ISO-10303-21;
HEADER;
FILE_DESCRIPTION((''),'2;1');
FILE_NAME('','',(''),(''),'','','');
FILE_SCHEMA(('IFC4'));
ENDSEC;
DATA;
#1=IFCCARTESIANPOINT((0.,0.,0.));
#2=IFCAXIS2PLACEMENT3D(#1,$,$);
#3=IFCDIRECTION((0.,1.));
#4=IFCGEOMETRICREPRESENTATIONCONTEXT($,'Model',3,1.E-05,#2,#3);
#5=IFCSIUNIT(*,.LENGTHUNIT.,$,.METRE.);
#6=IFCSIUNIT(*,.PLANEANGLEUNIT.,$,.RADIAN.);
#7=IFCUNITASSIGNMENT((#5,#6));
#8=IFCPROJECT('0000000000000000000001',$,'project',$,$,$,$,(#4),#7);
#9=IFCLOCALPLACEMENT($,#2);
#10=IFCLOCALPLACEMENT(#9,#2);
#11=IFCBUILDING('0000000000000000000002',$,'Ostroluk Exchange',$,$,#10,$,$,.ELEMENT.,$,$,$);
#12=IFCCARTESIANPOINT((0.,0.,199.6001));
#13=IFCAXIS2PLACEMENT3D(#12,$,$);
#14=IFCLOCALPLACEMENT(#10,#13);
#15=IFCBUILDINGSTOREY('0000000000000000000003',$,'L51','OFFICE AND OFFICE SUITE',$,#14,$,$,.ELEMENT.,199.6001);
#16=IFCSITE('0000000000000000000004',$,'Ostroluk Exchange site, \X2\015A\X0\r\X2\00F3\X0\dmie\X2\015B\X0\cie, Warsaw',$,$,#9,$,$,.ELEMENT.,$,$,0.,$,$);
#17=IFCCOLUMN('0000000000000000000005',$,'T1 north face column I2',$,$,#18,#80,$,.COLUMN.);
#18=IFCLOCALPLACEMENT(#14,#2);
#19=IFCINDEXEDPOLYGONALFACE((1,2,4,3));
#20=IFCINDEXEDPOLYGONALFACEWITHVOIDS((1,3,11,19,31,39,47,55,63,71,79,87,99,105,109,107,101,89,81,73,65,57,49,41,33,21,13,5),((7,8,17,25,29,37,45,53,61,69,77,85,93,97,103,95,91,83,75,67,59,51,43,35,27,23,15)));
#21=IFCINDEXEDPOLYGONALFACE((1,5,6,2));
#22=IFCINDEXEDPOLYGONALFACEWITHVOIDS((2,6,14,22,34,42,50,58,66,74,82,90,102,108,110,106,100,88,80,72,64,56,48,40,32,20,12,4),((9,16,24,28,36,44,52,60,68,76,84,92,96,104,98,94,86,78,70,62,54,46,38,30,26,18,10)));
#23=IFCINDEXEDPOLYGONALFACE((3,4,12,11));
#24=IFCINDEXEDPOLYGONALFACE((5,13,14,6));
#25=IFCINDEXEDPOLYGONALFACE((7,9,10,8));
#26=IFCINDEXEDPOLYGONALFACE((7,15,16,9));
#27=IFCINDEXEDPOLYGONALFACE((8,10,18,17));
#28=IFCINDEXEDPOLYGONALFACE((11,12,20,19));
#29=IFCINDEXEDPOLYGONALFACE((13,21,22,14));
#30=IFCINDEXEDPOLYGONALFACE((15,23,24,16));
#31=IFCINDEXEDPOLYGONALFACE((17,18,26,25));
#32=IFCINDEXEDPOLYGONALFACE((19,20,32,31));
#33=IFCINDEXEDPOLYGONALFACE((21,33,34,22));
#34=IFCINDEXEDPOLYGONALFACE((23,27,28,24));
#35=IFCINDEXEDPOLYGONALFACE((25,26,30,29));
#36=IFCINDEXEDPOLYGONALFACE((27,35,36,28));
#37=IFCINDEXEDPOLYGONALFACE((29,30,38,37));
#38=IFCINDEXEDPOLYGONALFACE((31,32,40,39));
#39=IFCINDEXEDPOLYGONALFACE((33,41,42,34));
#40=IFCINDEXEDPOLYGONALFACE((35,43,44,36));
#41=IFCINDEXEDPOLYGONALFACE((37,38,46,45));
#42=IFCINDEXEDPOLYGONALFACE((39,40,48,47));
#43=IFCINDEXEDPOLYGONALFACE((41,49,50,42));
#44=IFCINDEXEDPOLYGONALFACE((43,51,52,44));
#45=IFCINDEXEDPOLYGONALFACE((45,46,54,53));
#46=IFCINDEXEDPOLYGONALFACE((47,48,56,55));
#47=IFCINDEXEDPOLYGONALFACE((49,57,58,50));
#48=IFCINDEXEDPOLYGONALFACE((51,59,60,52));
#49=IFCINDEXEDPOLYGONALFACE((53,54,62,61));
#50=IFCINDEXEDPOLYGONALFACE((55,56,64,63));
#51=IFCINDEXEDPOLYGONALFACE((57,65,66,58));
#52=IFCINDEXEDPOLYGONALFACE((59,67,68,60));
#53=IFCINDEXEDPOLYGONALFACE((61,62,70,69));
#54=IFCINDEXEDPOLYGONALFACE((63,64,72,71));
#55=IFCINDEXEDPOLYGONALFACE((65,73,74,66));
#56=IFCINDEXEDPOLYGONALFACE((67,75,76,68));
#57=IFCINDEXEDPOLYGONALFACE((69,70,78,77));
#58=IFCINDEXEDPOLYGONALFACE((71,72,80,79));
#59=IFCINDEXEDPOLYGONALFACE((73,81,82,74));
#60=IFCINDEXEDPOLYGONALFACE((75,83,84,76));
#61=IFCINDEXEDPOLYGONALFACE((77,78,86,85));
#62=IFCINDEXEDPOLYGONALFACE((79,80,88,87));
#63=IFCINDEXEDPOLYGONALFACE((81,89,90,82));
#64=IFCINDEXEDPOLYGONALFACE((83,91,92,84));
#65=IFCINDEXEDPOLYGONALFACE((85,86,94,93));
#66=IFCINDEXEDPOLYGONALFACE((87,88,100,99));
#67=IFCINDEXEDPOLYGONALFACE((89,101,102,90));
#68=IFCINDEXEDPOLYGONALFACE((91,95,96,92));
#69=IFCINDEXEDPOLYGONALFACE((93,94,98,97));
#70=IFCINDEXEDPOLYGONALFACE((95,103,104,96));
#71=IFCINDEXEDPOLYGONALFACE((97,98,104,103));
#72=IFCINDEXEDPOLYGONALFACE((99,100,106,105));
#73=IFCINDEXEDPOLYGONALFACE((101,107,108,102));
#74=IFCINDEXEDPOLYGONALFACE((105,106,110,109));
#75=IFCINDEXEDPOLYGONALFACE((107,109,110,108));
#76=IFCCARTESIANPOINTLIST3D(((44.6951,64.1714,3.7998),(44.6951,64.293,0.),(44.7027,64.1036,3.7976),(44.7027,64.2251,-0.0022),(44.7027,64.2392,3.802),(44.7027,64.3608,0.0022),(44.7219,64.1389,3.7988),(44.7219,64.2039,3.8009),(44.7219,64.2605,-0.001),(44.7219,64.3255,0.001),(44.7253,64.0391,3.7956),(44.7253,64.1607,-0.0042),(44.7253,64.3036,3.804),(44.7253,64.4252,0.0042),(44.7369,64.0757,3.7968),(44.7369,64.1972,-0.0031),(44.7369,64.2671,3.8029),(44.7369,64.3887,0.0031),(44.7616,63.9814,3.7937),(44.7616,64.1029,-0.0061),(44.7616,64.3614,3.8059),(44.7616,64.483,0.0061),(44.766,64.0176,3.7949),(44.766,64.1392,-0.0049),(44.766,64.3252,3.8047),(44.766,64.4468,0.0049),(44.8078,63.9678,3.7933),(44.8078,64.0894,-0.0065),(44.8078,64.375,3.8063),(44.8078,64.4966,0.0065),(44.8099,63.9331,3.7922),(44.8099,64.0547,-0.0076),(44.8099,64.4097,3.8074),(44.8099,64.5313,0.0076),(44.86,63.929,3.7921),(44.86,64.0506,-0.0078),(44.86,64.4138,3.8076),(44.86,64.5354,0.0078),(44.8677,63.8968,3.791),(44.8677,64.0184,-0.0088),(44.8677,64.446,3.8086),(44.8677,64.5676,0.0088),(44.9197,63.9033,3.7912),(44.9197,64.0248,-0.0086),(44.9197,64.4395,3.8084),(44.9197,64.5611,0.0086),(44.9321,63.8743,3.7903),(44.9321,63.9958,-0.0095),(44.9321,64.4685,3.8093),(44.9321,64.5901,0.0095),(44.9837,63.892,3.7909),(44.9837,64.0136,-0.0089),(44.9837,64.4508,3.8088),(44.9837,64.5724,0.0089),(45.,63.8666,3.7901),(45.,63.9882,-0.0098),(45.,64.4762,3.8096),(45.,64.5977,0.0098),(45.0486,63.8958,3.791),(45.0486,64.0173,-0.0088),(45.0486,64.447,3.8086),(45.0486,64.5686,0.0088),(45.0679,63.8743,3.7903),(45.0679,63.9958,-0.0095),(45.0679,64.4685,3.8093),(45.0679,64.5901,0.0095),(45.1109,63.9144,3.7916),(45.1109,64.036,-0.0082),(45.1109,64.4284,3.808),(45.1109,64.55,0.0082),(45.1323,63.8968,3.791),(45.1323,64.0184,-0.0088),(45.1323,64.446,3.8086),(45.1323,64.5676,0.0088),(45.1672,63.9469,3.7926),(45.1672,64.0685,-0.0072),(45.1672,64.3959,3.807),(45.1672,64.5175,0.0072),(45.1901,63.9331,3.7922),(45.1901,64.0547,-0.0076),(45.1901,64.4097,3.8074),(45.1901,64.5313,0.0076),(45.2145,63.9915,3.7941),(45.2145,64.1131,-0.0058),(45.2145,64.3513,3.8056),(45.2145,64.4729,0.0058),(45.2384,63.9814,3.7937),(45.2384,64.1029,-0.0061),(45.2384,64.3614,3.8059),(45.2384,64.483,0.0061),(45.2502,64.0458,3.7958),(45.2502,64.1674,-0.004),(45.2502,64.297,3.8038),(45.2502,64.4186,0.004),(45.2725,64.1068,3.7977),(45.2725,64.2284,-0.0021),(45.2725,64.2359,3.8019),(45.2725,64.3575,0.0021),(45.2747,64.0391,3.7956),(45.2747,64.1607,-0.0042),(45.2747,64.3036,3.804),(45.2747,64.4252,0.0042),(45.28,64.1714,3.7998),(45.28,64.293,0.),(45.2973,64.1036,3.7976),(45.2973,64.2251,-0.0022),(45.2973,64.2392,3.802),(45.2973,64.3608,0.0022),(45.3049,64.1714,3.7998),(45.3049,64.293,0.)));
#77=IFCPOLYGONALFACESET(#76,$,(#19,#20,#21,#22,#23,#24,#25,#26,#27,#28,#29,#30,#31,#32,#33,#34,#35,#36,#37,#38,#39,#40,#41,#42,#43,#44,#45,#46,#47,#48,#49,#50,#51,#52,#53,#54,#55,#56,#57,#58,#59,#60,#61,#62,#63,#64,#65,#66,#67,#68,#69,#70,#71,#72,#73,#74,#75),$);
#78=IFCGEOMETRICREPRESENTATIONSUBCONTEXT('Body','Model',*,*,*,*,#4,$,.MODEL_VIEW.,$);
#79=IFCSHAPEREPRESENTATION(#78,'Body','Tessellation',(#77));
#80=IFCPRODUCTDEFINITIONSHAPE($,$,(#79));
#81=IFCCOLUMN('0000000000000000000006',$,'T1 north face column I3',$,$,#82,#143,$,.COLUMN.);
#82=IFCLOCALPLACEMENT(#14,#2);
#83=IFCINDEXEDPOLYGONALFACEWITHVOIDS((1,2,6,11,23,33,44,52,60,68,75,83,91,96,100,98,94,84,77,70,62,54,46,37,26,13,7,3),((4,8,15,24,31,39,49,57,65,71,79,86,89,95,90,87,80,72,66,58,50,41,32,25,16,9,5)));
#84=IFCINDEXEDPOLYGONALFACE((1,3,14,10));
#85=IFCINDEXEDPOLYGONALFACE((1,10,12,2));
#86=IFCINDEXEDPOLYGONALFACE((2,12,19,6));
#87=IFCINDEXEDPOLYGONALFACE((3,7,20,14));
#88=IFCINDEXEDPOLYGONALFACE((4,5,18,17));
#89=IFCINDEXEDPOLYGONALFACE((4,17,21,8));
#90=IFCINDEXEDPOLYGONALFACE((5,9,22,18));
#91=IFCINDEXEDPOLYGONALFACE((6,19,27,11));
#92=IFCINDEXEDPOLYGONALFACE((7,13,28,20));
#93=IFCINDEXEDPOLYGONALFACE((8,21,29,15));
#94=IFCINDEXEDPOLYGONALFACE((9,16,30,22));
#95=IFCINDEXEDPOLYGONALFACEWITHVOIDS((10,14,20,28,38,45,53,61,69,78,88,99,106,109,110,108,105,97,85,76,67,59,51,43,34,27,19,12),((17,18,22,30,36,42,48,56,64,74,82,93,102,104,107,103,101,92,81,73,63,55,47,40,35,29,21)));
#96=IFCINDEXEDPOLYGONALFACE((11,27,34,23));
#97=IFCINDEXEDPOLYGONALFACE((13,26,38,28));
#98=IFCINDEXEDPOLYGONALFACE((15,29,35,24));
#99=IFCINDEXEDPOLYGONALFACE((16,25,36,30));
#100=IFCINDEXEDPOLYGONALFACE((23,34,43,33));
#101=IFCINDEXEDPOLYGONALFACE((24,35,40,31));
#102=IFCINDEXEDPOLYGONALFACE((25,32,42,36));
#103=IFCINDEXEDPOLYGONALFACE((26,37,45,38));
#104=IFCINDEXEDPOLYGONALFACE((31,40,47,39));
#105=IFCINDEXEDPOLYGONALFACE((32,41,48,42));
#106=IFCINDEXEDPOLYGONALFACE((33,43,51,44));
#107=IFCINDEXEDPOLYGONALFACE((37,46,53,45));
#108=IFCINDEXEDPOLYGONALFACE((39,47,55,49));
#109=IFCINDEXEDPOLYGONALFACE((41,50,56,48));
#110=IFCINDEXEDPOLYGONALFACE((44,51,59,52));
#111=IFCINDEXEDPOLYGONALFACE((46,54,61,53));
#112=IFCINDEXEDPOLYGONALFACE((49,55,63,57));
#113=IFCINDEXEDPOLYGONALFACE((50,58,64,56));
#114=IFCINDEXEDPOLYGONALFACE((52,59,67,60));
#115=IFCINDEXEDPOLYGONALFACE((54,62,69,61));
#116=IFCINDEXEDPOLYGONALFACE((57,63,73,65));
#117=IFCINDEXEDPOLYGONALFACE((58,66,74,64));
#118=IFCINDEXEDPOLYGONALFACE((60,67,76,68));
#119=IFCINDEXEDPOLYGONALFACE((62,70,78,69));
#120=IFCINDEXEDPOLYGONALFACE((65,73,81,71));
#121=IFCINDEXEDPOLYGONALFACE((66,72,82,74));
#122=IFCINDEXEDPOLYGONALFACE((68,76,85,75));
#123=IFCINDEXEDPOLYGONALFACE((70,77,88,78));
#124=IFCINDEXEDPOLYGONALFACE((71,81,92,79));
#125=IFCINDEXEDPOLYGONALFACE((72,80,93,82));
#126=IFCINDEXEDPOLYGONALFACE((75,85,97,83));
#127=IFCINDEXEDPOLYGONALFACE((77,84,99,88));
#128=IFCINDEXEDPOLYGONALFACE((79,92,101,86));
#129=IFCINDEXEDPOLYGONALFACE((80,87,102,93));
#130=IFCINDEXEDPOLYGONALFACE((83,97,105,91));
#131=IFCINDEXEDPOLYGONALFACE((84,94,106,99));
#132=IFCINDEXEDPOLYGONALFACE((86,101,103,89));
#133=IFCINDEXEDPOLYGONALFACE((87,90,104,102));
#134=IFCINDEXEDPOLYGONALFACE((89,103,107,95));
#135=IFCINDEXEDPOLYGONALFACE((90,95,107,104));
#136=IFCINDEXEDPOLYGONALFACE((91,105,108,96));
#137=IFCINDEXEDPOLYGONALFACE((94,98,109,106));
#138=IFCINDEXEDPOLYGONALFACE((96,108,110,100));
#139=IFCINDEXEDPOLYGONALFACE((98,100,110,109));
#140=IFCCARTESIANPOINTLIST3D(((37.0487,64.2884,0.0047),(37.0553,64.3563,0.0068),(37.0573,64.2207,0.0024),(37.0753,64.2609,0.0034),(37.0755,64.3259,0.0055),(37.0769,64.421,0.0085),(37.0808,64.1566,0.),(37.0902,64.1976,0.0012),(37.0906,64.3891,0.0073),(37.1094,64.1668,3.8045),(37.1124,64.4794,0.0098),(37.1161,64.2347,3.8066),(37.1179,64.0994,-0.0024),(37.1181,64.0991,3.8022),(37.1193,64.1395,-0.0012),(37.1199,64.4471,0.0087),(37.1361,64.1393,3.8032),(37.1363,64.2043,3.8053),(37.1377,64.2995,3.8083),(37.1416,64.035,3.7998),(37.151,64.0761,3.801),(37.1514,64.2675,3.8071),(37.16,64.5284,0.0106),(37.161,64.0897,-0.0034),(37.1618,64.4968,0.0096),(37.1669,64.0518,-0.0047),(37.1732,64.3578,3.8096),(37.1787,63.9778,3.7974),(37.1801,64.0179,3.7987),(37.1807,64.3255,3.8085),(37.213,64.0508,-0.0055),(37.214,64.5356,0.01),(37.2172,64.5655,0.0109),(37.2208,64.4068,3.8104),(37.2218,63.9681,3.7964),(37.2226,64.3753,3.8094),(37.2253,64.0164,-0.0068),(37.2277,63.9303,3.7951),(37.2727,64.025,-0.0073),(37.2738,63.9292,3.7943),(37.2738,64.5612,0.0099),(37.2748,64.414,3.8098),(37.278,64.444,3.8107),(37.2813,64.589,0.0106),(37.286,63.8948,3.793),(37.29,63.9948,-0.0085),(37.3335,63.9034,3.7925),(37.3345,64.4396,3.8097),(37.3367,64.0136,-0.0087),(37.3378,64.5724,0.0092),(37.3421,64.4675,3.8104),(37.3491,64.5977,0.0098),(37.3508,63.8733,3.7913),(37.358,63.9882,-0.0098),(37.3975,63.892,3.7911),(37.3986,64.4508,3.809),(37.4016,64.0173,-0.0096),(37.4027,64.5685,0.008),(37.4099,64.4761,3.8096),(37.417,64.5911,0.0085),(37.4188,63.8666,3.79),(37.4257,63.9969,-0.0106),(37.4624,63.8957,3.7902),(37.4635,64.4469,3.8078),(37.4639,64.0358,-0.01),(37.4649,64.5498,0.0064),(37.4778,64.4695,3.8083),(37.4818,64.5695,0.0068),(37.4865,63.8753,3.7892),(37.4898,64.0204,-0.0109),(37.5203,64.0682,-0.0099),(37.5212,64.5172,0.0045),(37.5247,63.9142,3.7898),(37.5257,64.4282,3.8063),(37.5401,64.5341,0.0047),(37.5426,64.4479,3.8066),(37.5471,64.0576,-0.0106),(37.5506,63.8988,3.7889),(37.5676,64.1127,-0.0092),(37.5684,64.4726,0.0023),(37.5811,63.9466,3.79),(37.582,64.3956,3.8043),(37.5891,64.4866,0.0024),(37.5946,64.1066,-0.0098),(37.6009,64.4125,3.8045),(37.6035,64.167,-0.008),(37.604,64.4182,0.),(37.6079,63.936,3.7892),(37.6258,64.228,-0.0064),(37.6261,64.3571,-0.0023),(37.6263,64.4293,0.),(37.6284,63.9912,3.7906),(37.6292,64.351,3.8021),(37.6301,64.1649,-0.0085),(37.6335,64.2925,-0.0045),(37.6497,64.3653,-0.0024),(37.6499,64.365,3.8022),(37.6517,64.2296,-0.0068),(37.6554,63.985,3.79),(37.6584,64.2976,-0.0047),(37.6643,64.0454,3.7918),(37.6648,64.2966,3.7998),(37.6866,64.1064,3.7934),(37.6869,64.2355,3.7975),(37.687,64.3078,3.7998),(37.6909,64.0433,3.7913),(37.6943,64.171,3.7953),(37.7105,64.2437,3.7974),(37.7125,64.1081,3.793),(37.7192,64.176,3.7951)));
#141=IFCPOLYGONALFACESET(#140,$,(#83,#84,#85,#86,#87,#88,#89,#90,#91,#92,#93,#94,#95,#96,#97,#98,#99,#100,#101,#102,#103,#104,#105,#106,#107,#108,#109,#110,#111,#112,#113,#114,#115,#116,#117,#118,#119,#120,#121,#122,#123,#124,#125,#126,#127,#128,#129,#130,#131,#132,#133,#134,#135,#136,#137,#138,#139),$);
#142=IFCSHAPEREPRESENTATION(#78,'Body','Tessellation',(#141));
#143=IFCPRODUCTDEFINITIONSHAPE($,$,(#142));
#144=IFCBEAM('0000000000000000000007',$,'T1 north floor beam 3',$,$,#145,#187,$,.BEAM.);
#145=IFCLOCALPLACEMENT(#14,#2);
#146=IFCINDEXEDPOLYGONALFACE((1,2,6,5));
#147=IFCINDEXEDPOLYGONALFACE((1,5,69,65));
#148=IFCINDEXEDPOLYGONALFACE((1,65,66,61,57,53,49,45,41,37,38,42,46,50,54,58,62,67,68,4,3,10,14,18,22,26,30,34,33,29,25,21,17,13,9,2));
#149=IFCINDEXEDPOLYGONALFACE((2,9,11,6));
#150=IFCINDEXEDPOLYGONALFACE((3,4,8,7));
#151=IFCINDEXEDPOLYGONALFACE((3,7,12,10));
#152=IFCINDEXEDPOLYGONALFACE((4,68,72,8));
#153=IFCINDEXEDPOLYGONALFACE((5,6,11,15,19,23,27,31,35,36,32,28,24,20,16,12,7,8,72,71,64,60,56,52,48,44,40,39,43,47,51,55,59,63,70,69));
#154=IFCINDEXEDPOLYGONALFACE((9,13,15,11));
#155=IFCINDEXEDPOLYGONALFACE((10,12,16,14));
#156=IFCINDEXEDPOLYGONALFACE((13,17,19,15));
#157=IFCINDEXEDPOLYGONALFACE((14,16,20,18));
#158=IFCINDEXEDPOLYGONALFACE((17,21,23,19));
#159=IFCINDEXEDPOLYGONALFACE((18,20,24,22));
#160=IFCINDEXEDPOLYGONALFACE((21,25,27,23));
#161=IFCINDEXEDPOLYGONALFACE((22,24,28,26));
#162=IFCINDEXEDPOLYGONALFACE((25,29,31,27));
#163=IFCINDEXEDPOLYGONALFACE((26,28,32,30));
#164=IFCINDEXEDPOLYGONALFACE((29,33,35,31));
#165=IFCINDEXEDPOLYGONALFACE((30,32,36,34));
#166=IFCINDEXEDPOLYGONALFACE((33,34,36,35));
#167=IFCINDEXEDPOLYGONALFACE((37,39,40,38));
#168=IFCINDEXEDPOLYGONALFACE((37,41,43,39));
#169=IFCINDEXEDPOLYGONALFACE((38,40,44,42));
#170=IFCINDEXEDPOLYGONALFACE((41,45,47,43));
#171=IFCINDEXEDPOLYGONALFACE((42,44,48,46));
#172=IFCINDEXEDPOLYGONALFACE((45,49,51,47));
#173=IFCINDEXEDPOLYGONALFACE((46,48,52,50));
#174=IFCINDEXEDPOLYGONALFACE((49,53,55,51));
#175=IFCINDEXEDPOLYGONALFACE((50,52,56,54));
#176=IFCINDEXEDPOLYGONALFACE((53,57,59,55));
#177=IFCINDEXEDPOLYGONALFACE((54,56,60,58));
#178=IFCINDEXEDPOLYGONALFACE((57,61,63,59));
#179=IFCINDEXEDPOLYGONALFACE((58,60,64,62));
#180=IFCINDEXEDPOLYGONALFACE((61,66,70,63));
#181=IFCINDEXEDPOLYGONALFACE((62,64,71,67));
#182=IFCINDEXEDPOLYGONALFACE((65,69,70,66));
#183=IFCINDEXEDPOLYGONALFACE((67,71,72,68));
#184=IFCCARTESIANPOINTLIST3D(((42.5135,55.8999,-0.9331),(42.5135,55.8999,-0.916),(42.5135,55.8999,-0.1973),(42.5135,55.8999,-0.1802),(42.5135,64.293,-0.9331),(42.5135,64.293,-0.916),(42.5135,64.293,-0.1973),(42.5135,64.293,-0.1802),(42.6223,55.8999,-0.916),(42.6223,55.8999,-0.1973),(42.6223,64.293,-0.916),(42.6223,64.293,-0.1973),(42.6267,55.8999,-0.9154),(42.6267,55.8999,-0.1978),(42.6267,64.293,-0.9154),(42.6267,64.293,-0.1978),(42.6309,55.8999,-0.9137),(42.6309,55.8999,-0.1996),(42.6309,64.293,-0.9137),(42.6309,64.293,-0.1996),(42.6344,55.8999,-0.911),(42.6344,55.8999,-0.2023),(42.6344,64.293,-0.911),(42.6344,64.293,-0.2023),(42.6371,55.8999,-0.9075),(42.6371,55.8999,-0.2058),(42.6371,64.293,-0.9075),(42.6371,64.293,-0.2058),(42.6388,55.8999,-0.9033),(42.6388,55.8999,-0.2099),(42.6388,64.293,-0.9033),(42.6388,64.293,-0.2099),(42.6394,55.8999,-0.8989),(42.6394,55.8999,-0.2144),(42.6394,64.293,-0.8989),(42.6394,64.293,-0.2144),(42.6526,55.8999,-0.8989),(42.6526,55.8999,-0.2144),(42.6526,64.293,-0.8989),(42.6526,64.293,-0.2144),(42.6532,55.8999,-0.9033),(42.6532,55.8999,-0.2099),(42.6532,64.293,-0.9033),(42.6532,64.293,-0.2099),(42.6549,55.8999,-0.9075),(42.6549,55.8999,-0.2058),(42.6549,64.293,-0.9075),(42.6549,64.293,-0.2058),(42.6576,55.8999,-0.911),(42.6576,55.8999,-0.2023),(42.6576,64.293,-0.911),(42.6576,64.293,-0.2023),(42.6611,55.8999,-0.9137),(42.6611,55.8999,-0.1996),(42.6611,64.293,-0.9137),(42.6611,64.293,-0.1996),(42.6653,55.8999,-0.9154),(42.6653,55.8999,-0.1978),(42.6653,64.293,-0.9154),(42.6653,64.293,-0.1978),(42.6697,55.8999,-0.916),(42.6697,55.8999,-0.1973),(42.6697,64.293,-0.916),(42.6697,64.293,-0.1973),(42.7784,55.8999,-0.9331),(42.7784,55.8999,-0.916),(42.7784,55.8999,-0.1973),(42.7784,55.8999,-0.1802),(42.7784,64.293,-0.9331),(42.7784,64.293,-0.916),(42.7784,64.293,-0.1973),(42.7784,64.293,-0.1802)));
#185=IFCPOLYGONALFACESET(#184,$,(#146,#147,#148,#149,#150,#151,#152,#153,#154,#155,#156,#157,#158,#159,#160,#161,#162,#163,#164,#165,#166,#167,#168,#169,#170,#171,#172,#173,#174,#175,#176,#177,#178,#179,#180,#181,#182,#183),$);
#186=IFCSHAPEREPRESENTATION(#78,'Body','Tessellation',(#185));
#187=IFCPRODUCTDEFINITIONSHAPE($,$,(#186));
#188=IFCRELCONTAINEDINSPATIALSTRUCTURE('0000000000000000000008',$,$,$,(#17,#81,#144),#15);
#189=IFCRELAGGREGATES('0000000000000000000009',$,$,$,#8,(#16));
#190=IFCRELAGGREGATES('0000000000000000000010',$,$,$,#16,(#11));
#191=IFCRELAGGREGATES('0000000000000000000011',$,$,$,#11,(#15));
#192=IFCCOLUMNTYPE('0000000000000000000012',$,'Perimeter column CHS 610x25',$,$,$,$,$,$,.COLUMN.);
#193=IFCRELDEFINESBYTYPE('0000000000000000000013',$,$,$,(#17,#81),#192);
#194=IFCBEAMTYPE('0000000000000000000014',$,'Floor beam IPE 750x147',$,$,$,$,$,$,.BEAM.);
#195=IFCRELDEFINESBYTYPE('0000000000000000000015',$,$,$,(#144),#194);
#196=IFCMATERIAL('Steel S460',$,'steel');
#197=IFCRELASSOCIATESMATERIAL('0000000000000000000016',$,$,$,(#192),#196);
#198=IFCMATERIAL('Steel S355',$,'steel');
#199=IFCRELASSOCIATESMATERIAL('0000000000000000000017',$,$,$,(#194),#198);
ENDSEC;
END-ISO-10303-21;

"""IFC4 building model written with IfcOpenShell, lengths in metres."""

from ifc_helpers import new_model, si_unit, direction, frame, origin, origin_2d, place, context, subcontext, project, spatial, hollow_circle, i_section, extrude, material, material_profile, profile_set, type_object, element, save


model = new_model("IFC4")

# Units and contexts
model_context = context("Model", 3, precision=1e-05, world=origin(), true_north=direction((0.0, 1.0)))
body_context = subcontext(model_context, "Body", "Model", "MODEL_VIEW")
ifc_project = project(units=[si_unit("LENGTHUNIT", "METRE"), si_unit("PLANEANGLEUNIT", "RADIAN")], contexts=[model_context])

# Site, building, storey
site_placement = place(None, origin())
site = spatial("IfcSite", under=ifc_project, at=site_placement, Name="Ostroluk Exchange site, Śródmieście, Warsaw", CompositionType="ELEMENT", RefElevation=0.0)
building_placement = place(site_placement, origin())
building = spatial("IfcBuilding", under=site, at=building_placement, Name="Ostroluk Exchange", CompositionType="ELEMENT")
storey_placement = place(building_placement, frame((0.0, 0.0, 199.6001)))
storey = spatial("IfcBuildingStorey", under=building, at=storey_placement, Name="L51", Description="OFFICE AND OFFICE SUITE", CompositionType="ELEMENT", Elevation=199.6001)

# Columns
ifc_material_1 = material(Name="Steel S460", Category="steel")
ifc_material_profile_1 = material_profile(ifc_material_1, hollow_circle(Radius=0.3049, WallThickness=0.0249, at=origin_2d()), Name="CHS 610x25")
ifc_profile_set_1 = profile_set([ifc_material_profile_1], Name="Steel S460")
column_type = type_object("IfcColumnType", Name="Perimeter column CHS 610x25", PredefinedType="COLUMN", material=ifc_profile_set_1)
column_1_placement = place(storey_placement, frame((45.0, 64.293, 0.0), z_axis=(0.0, -0.031981, 0.999488), x_axis=(1.0, 0.0, 0.0)))
element("IfcColumn", 1, at=column_1_placement, inside=storey, type_object=column_type, Name="T1 north face column I2", PredefinedType="COLUMN", context=body_context, shape_type="SweptSolid", body=[
    extrude(hollow_circle(Radius=0.3049, WallThickness=0.0249, at=origin_2d()), origin(), (0.0, 0.0, 1.0), 3.8018),
])
column_2_placement = place(storey_placement, frame((37.3535, 64.293, 0.0), z_axis=(0.015988, -0.031976, 0.999361), x_axis=(0.894427, 0.447214, 0.0)))
element("IfcColumn", 2, at=column_2_placement, inside=storey, type_object=column_type, Name="T1 north face column I3", PredefinedType="COLUMN", context=body_context, shape_type="SweptSolid", body=[
    extrude(hollow_circle(Radius=0.3049, WallThickness=0.0249, at=origin_2d()), origin(), (0.0, 0.0, 1.0), 3.8022),
])

# Beam
ifc_material_2 = material(Name="Steel S355", Category="steel")
ifc_material_profile_2 = material_profile(ifc_material_2, i_section(OverallWidth=0.2649, OverallDepth=0.7529, WebThickness=0.0132, FlangeThickness=0.0171, FilletRadius=0.0171, at=origin_2d()), Name="IPE 750x147")
ifc_profile_set_2 = profile_set([ifc_material_profile_2], Name="Steel S355")
beam_type_1 = type_object("IfcBeamType", Name="Floor beam IPE 750x147", PredefinedType="BEAM", material=ifc_profile_set_2)
beam_placement = place(storey_placement, frame((42.646, 55.8999, -0.5566), z_axis=(0.0, 1.0, 0.0), x_axis=(-1.0, 0.0, 0.0)))
element("IfcBeam", 3, at=beam_placement, inside=storey, type_object=beam_type_1, Name="T1 north floor beam 3", PredefinedType="BEAM", context=body_context, shape_type="SweptSolid", body=[
    extrude(i_section(OverallWidth=0.2649, OverallDepth=0.7529, WebThickness=0.0132, FlangeThickness=0.0171, FilletRadius=0.0171, at=origin_2d()), origin(), (0.0, 0.0, 1.0), 8.3931),
])

save(model, "model.ifc")
